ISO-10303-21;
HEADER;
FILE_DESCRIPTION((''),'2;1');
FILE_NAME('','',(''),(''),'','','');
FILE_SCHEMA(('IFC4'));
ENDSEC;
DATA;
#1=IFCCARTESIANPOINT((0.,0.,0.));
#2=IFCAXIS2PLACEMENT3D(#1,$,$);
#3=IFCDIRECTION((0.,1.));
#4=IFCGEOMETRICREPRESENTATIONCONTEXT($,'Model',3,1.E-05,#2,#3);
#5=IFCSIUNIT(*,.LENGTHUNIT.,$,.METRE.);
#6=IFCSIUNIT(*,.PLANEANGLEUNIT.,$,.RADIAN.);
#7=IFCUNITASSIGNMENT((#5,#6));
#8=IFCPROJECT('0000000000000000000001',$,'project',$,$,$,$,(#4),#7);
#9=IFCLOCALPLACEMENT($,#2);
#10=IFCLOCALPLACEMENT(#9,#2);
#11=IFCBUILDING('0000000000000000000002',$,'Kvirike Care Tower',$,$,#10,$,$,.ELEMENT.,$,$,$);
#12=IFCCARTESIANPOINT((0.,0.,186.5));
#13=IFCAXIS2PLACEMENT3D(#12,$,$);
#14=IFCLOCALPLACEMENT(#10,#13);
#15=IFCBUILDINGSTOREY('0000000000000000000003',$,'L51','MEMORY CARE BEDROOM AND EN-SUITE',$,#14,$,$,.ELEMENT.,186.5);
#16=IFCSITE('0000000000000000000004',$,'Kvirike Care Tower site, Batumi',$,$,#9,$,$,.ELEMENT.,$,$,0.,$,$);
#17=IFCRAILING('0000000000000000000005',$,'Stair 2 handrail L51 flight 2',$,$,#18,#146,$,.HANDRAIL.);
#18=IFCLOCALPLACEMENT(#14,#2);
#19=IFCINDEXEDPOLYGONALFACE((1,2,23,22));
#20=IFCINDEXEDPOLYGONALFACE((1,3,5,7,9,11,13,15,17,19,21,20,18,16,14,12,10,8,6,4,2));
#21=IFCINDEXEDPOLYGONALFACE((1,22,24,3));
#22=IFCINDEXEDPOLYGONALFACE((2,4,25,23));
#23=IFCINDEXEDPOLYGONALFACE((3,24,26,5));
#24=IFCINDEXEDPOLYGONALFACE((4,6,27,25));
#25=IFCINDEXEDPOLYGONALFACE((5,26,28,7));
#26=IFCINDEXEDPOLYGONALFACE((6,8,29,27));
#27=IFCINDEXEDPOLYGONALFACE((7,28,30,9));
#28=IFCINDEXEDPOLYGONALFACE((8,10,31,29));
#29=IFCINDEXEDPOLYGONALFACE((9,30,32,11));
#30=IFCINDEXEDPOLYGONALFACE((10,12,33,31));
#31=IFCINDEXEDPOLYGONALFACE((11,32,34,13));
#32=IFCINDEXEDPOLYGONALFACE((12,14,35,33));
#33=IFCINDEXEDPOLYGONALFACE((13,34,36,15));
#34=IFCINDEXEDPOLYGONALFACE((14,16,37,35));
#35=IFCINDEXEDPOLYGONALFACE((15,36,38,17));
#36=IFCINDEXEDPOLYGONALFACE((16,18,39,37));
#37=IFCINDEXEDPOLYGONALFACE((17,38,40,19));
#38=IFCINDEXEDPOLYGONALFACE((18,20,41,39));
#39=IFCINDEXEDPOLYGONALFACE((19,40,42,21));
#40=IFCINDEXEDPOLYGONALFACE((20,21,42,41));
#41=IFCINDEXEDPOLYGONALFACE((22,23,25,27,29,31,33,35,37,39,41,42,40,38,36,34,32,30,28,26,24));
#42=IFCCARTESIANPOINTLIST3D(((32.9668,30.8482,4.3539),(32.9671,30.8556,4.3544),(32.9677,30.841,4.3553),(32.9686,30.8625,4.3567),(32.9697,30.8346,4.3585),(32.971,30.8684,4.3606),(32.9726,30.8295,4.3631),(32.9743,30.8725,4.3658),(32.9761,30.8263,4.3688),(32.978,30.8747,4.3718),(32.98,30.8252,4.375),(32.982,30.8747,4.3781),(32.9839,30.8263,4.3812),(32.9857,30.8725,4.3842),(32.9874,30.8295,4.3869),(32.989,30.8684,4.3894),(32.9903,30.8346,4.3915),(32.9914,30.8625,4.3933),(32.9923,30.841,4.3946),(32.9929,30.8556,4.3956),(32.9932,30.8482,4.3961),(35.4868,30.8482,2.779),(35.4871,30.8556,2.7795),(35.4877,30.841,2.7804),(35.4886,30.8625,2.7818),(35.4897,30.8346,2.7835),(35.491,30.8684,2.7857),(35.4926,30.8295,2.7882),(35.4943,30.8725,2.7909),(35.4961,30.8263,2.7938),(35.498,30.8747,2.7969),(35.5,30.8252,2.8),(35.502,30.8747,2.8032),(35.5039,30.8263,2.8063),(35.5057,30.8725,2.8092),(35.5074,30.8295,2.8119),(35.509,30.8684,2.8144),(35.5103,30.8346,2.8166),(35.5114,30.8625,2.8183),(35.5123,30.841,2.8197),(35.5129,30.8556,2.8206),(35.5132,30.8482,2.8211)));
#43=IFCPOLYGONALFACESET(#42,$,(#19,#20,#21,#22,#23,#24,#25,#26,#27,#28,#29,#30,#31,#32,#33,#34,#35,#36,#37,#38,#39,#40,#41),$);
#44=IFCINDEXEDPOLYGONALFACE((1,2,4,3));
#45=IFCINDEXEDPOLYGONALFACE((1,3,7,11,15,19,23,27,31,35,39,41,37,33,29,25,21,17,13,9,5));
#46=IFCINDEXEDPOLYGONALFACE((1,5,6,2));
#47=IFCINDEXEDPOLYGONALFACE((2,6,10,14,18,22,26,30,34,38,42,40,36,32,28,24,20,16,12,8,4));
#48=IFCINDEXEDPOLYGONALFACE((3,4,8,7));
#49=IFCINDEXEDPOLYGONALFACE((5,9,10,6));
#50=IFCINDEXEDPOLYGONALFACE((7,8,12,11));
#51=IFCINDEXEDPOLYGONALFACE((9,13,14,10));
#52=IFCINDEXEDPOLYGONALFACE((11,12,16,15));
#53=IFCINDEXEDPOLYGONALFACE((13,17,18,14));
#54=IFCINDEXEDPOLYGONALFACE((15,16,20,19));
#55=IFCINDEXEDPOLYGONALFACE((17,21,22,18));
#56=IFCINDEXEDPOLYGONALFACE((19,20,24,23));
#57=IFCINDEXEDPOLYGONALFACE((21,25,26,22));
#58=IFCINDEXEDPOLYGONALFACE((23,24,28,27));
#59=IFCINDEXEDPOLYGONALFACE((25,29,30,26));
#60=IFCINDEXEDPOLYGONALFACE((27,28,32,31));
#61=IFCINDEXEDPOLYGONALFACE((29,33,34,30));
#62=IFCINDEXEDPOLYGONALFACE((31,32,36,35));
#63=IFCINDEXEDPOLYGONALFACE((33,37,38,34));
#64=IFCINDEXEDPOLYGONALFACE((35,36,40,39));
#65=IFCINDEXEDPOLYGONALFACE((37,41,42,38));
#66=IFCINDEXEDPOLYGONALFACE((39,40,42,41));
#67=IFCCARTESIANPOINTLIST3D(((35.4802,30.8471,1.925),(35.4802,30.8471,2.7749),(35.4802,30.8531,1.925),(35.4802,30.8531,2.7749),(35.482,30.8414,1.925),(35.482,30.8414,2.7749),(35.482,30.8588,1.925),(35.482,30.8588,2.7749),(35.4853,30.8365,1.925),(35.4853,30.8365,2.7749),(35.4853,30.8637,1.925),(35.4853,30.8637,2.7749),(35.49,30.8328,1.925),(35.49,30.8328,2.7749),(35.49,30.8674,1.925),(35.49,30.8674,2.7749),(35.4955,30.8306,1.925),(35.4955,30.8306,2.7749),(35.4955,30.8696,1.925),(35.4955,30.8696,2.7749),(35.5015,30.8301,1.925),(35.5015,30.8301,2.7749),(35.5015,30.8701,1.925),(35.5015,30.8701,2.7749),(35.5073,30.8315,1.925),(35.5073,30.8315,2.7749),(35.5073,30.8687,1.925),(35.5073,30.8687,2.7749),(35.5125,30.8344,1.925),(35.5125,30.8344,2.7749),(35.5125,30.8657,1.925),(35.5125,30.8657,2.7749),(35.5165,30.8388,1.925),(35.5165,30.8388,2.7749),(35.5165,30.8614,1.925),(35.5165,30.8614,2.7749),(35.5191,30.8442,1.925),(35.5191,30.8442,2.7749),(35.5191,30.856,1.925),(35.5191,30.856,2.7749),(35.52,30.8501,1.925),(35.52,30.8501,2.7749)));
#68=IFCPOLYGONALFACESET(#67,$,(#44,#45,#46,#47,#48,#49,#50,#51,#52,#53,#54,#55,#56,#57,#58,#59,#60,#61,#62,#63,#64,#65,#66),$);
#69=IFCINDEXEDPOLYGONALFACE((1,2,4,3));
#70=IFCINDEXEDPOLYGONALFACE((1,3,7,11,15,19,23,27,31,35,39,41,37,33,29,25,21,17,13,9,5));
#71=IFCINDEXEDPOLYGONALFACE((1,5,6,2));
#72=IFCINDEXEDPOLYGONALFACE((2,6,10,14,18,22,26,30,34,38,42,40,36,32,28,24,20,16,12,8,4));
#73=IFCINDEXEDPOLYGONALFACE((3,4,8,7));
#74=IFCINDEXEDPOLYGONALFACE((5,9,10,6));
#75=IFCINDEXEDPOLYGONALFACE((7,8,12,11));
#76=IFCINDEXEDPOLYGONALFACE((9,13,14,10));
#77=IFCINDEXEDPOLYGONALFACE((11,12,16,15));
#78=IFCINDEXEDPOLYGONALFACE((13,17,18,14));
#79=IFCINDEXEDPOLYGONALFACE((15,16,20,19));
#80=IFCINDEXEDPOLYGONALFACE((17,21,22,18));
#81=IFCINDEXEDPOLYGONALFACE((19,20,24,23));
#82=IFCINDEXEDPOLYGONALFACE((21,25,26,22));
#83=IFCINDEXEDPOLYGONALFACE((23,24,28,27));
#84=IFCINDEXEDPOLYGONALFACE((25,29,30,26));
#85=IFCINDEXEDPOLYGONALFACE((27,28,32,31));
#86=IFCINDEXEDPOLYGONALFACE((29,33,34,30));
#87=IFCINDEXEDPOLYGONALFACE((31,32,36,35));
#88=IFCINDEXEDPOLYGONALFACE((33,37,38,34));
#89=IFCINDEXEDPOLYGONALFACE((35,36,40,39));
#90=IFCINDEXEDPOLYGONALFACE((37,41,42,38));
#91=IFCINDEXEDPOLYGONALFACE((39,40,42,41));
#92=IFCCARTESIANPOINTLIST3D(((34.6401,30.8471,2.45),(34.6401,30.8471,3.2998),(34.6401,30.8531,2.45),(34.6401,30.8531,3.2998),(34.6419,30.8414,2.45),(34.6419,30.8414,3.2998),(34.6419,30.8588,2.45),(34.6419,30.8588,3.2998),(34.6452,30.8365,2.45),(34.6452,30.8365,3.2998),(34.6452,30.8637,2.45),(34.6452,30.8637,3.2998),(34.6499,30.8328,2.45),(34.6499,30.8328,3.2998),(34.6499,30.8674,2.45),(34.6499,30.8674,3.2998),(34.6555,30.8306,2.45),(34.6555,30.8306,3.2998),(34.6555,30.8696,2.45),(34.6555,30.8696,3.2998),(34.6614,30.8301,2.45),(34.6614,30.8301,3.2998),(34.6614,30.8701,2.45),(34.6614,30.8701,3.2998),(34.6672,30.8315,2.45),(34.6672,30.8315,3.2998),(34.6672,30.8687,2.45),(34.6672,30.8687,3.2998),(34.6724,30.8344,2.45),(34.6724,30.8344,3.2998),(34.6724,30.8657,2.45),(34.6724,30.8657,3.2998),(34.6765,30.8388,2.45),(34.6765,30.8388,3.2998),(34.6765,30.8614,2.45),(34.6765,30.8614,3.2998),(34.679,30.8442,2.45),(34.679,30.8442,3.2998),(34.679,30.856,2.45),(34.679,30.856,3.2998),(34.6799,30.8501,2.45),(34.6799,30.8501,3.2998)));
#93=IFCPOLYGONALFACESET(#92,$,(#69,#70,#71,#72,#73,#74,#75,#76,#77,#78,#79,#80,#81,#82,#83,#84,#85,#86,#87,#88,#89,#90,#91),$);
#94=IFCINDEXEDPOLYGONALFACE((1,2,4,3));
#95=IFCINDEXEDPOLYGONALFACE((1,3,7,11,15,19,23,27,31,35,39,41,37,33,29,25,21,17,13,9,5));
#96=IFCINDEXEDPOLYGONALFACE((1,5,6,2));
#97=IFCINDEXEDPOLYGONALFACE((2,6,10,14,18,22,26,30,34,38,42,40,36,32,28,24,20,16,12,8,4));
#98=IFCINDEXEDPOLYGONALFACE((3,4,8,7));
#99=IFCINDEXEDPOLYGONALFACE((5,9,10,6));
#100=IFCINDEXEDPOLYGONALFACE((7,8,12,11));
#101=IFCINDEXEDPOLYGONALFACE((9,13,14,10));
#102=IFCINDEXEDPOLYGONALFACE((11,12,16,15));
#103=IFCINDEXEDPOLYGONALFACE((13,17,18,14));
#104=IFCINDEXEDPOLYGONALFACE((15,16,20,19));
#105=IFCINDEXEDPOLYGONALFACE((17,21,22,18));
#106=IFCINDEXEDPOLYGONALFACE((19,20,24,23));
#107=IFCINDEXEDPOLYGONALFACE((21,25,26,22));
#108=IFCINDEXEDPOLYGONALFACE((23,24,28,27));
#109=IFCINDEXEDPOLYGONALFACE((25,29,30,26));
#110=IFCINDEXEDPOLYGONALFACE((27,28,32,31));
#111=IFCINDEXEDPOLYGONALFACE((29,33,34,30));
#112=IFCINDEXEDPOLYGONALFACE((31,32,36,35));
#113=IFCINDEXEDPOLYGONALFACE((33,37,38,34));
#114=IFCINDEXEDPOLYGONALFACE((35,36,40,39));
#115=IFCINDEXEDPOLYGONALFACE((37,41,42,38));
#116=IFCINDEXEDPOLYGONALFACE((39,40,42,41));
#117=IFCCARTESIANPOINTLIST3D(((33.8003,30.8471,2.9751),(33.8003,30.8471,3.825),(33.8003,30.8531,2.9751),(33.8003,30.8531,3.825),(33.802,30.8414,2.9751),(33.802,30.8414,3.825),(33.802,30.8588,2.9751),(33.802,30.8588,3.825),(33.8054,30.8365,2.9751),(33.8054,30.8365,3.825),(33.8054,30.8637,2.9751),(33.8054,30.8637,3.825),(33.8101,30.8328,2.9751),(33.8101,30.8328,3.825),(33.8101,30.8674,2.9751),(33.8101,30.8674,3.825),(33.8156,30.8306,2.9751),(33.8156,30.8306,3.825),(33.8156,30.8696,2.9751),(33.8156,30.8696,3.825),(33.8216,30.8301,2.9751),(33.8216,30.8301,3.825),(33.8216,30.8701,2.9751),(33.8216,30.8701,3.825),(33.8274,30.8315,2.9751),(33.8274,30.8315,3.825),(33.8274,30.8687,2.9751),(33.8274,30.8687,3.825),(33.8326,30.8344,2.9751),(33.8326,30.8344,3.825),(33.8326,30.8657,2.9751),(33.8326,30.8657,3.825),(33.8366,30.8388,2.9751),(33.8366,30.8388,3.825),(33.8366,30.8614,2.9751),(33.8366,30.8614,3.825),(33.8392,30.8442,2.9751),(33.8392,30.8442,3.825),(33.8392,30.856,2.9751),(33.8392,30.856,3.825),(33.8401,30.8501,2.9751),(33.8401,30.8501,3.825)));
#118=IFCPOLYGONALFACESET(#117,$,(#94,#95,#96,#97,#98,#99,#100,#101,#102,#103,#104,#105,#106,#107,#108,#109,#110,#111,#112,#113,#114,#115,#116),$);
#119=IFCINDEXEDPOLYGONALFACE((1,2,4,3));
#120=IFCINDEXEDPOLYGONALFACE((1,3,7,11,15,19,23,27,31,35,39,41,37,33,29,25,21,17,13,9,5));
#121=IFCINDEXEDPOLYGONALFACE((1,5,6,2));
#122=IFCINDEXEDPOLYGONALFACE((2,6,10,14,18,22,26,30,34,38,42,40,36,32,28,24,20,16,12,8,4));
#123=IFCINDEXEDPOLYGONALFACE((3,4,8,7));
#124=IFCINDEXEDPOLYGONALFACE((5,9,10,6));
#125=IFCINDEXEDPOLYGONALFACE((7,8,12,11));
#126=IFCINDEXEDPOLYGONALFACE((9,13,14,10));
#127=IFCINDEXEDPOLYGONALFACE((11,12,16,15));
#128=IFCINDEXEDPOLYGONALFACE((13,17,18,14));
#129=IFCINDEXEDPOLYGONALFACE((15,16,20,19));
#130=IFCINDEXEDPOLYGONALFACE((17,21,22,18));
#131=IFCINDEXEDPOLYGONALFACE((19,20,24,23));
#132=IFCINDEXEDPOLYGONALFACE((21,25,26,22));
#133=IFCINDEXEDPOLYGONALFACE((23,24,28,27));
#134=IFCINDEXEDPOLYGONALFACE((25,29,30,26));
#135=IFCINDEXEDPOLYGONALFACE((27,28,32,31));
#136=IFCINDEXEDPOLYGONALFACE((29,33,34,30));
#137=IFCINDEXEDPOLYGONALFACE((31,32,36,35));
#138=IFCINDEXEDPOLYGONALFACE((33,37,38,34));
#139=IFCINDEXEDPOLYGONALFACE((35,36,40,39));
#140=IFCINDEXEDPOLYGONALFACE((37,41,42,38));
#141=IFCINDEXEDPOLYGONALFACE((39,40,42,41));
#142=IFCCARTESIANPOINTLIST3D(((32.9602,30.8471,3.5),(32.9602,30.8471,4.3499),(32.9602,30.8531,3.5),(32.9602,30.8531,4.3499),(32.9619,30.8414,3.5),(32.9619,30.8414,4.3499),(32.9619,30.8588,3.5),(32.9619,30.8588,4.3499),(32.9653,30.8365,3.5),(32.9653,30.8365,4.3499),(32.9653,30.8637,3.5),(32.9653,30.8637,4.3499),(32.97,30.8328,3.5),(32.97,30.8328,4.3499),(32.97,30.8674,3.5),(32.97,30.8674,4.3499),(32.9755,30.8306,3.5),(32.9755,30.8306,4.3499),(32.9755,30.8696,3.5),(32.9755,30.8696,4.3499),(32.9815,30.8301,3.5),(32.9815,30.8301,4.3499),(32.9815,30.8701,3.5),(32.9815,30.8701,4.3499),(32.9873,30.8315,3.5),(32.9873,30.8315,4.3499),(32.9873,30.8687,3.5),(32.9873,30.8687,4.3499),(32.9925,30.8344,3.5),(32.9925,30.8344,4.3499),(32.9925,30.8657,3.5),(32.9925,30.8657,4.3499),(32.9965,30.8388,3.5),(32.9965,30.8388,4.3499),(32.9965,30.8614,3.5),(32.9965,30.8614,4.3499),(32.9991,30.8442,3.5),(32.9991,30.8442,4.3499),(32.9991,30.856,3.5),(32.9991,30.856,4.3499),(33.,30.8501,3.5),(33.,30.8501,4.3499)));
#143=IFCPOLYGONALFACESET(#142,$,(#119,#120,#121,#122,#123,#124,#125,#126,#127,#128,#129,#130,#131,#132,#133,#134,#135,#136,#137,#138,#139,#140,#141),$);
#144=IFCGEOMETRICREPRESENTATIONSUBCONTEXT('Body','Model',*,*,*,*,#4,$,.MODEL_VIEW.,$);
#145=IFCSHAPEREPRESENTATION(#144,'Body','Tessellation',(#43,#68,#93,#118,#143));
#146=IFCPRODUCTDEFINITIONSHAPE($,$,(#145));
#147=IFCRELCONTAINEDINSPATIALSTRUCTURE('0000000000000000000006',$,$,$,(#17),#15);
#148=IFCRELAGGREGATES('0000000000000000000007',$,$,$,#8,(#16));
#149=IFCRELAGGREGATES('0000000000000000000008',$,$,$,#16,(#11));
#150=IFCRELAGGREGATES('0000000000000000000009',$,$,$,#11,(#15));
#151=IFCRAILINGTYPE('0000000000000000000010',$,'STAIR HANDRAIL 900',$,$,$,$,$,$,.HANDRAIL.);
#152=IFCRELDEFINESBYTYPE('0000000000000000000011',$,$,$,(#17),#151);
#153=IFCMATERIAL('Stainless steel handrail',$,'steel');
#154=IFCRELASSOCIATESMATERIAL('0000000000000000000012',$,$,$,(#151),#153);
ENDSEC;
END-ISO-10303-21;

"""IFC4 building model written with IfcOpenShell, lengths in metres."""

from ifc_helpers import new_model, si_unit, direction, frame, origin, origin_2d, place, context, subcontext, project, spatial, circle, extrude, material, type_object, element, save


model = new_model("IFC4")

# Units and contexts
model_context = context("Model", 3, precision=1e-05, world=origin(), true_north=direction((0.0, 1.0)))
body_context = subcontext(model_context, "Body", "Model", "MODEL_VIEW")
ifc_project = project(units=[si_unit("LENGTHUNIT", "METRE"), si_unit("PLANEANGLEUNIT", "RADIAN")], contexts=[model_context])

# Site, building, storey
site_placement = place(None, origin())
site = spatial("IfcSite", under=ifc_project, at=site_placement, Name="Kvirike Care Tower site, Batumi", CompositionType="ELEMENT", RefElevation=0.0)
building_placement = place(site_placement, origin())
building = spatial("IfcBuilding", under=site, at=building_placement, Name="Kvirike Care Tower", CompositionType="ELEMENT")
storey_placement = place(building_placement, frame((0.0, 0.0, 186.5)))
storey = spatial("IfcBuildingStorey", under=building, at=storey_placement, Name="L51", Description="MEMORY CARE BEDROOM AND EN-SUITE", CompositionType="ELEMENT", Elevation=186.5)

# Railing
ifc_material_1 = material(Name="Stainless steel handrail", Category="steel")
railing_type = type_object("IfcRailingType", Name="STAIR HANDRAIL 900", PredefinedType="HANDRAIL", material=ifc_material_1)
railing_1_placement = place(storey_placement, frame((35.5, 30.8501, 1.925)))
element("IfcRailing", 1, at=railing_1_placement, inside=storey, type_object=railing_type, Name="Stair 2 handrail L51 flight 2", PredefinedType="HANDRAIL", context=body_context, shape_type="SweptSolid", body=[
    extrude(circle(Radius=0.0249, at=origin_2d()), frame((0.0, 0.0, 0.875), z_axis=(-0.848008, 0.0, 0.529984), x_axis=(0.0, -1.0, 0.0)), (0.0, 0.0, 1.0), 2.9717),
    extrude(circle(Radius=0.02, at=origin_2d()), origin(), (0.0, 0.0, 1.0), 0.8499),
    extrude(circle(Radius=0.02, at=origin_2d()), frame((-0.8401, 0.0, 0.5249)), (0.0, 0.0, 1.0), 0.8499),
    extrude(circle(Radius=0.02, at=origin_2d()), frame((-1.6799, 0.0, 1.05)), (0.0, 0.0, 1.0), 0.8499),
    extrude(circle(Radius=0.02, at=origin_2d()), frame((-2.52, 0.0, 1.575)), (0.0, 0.0, 1.0), 0.8499),
])

save(model, "model.ifc")
